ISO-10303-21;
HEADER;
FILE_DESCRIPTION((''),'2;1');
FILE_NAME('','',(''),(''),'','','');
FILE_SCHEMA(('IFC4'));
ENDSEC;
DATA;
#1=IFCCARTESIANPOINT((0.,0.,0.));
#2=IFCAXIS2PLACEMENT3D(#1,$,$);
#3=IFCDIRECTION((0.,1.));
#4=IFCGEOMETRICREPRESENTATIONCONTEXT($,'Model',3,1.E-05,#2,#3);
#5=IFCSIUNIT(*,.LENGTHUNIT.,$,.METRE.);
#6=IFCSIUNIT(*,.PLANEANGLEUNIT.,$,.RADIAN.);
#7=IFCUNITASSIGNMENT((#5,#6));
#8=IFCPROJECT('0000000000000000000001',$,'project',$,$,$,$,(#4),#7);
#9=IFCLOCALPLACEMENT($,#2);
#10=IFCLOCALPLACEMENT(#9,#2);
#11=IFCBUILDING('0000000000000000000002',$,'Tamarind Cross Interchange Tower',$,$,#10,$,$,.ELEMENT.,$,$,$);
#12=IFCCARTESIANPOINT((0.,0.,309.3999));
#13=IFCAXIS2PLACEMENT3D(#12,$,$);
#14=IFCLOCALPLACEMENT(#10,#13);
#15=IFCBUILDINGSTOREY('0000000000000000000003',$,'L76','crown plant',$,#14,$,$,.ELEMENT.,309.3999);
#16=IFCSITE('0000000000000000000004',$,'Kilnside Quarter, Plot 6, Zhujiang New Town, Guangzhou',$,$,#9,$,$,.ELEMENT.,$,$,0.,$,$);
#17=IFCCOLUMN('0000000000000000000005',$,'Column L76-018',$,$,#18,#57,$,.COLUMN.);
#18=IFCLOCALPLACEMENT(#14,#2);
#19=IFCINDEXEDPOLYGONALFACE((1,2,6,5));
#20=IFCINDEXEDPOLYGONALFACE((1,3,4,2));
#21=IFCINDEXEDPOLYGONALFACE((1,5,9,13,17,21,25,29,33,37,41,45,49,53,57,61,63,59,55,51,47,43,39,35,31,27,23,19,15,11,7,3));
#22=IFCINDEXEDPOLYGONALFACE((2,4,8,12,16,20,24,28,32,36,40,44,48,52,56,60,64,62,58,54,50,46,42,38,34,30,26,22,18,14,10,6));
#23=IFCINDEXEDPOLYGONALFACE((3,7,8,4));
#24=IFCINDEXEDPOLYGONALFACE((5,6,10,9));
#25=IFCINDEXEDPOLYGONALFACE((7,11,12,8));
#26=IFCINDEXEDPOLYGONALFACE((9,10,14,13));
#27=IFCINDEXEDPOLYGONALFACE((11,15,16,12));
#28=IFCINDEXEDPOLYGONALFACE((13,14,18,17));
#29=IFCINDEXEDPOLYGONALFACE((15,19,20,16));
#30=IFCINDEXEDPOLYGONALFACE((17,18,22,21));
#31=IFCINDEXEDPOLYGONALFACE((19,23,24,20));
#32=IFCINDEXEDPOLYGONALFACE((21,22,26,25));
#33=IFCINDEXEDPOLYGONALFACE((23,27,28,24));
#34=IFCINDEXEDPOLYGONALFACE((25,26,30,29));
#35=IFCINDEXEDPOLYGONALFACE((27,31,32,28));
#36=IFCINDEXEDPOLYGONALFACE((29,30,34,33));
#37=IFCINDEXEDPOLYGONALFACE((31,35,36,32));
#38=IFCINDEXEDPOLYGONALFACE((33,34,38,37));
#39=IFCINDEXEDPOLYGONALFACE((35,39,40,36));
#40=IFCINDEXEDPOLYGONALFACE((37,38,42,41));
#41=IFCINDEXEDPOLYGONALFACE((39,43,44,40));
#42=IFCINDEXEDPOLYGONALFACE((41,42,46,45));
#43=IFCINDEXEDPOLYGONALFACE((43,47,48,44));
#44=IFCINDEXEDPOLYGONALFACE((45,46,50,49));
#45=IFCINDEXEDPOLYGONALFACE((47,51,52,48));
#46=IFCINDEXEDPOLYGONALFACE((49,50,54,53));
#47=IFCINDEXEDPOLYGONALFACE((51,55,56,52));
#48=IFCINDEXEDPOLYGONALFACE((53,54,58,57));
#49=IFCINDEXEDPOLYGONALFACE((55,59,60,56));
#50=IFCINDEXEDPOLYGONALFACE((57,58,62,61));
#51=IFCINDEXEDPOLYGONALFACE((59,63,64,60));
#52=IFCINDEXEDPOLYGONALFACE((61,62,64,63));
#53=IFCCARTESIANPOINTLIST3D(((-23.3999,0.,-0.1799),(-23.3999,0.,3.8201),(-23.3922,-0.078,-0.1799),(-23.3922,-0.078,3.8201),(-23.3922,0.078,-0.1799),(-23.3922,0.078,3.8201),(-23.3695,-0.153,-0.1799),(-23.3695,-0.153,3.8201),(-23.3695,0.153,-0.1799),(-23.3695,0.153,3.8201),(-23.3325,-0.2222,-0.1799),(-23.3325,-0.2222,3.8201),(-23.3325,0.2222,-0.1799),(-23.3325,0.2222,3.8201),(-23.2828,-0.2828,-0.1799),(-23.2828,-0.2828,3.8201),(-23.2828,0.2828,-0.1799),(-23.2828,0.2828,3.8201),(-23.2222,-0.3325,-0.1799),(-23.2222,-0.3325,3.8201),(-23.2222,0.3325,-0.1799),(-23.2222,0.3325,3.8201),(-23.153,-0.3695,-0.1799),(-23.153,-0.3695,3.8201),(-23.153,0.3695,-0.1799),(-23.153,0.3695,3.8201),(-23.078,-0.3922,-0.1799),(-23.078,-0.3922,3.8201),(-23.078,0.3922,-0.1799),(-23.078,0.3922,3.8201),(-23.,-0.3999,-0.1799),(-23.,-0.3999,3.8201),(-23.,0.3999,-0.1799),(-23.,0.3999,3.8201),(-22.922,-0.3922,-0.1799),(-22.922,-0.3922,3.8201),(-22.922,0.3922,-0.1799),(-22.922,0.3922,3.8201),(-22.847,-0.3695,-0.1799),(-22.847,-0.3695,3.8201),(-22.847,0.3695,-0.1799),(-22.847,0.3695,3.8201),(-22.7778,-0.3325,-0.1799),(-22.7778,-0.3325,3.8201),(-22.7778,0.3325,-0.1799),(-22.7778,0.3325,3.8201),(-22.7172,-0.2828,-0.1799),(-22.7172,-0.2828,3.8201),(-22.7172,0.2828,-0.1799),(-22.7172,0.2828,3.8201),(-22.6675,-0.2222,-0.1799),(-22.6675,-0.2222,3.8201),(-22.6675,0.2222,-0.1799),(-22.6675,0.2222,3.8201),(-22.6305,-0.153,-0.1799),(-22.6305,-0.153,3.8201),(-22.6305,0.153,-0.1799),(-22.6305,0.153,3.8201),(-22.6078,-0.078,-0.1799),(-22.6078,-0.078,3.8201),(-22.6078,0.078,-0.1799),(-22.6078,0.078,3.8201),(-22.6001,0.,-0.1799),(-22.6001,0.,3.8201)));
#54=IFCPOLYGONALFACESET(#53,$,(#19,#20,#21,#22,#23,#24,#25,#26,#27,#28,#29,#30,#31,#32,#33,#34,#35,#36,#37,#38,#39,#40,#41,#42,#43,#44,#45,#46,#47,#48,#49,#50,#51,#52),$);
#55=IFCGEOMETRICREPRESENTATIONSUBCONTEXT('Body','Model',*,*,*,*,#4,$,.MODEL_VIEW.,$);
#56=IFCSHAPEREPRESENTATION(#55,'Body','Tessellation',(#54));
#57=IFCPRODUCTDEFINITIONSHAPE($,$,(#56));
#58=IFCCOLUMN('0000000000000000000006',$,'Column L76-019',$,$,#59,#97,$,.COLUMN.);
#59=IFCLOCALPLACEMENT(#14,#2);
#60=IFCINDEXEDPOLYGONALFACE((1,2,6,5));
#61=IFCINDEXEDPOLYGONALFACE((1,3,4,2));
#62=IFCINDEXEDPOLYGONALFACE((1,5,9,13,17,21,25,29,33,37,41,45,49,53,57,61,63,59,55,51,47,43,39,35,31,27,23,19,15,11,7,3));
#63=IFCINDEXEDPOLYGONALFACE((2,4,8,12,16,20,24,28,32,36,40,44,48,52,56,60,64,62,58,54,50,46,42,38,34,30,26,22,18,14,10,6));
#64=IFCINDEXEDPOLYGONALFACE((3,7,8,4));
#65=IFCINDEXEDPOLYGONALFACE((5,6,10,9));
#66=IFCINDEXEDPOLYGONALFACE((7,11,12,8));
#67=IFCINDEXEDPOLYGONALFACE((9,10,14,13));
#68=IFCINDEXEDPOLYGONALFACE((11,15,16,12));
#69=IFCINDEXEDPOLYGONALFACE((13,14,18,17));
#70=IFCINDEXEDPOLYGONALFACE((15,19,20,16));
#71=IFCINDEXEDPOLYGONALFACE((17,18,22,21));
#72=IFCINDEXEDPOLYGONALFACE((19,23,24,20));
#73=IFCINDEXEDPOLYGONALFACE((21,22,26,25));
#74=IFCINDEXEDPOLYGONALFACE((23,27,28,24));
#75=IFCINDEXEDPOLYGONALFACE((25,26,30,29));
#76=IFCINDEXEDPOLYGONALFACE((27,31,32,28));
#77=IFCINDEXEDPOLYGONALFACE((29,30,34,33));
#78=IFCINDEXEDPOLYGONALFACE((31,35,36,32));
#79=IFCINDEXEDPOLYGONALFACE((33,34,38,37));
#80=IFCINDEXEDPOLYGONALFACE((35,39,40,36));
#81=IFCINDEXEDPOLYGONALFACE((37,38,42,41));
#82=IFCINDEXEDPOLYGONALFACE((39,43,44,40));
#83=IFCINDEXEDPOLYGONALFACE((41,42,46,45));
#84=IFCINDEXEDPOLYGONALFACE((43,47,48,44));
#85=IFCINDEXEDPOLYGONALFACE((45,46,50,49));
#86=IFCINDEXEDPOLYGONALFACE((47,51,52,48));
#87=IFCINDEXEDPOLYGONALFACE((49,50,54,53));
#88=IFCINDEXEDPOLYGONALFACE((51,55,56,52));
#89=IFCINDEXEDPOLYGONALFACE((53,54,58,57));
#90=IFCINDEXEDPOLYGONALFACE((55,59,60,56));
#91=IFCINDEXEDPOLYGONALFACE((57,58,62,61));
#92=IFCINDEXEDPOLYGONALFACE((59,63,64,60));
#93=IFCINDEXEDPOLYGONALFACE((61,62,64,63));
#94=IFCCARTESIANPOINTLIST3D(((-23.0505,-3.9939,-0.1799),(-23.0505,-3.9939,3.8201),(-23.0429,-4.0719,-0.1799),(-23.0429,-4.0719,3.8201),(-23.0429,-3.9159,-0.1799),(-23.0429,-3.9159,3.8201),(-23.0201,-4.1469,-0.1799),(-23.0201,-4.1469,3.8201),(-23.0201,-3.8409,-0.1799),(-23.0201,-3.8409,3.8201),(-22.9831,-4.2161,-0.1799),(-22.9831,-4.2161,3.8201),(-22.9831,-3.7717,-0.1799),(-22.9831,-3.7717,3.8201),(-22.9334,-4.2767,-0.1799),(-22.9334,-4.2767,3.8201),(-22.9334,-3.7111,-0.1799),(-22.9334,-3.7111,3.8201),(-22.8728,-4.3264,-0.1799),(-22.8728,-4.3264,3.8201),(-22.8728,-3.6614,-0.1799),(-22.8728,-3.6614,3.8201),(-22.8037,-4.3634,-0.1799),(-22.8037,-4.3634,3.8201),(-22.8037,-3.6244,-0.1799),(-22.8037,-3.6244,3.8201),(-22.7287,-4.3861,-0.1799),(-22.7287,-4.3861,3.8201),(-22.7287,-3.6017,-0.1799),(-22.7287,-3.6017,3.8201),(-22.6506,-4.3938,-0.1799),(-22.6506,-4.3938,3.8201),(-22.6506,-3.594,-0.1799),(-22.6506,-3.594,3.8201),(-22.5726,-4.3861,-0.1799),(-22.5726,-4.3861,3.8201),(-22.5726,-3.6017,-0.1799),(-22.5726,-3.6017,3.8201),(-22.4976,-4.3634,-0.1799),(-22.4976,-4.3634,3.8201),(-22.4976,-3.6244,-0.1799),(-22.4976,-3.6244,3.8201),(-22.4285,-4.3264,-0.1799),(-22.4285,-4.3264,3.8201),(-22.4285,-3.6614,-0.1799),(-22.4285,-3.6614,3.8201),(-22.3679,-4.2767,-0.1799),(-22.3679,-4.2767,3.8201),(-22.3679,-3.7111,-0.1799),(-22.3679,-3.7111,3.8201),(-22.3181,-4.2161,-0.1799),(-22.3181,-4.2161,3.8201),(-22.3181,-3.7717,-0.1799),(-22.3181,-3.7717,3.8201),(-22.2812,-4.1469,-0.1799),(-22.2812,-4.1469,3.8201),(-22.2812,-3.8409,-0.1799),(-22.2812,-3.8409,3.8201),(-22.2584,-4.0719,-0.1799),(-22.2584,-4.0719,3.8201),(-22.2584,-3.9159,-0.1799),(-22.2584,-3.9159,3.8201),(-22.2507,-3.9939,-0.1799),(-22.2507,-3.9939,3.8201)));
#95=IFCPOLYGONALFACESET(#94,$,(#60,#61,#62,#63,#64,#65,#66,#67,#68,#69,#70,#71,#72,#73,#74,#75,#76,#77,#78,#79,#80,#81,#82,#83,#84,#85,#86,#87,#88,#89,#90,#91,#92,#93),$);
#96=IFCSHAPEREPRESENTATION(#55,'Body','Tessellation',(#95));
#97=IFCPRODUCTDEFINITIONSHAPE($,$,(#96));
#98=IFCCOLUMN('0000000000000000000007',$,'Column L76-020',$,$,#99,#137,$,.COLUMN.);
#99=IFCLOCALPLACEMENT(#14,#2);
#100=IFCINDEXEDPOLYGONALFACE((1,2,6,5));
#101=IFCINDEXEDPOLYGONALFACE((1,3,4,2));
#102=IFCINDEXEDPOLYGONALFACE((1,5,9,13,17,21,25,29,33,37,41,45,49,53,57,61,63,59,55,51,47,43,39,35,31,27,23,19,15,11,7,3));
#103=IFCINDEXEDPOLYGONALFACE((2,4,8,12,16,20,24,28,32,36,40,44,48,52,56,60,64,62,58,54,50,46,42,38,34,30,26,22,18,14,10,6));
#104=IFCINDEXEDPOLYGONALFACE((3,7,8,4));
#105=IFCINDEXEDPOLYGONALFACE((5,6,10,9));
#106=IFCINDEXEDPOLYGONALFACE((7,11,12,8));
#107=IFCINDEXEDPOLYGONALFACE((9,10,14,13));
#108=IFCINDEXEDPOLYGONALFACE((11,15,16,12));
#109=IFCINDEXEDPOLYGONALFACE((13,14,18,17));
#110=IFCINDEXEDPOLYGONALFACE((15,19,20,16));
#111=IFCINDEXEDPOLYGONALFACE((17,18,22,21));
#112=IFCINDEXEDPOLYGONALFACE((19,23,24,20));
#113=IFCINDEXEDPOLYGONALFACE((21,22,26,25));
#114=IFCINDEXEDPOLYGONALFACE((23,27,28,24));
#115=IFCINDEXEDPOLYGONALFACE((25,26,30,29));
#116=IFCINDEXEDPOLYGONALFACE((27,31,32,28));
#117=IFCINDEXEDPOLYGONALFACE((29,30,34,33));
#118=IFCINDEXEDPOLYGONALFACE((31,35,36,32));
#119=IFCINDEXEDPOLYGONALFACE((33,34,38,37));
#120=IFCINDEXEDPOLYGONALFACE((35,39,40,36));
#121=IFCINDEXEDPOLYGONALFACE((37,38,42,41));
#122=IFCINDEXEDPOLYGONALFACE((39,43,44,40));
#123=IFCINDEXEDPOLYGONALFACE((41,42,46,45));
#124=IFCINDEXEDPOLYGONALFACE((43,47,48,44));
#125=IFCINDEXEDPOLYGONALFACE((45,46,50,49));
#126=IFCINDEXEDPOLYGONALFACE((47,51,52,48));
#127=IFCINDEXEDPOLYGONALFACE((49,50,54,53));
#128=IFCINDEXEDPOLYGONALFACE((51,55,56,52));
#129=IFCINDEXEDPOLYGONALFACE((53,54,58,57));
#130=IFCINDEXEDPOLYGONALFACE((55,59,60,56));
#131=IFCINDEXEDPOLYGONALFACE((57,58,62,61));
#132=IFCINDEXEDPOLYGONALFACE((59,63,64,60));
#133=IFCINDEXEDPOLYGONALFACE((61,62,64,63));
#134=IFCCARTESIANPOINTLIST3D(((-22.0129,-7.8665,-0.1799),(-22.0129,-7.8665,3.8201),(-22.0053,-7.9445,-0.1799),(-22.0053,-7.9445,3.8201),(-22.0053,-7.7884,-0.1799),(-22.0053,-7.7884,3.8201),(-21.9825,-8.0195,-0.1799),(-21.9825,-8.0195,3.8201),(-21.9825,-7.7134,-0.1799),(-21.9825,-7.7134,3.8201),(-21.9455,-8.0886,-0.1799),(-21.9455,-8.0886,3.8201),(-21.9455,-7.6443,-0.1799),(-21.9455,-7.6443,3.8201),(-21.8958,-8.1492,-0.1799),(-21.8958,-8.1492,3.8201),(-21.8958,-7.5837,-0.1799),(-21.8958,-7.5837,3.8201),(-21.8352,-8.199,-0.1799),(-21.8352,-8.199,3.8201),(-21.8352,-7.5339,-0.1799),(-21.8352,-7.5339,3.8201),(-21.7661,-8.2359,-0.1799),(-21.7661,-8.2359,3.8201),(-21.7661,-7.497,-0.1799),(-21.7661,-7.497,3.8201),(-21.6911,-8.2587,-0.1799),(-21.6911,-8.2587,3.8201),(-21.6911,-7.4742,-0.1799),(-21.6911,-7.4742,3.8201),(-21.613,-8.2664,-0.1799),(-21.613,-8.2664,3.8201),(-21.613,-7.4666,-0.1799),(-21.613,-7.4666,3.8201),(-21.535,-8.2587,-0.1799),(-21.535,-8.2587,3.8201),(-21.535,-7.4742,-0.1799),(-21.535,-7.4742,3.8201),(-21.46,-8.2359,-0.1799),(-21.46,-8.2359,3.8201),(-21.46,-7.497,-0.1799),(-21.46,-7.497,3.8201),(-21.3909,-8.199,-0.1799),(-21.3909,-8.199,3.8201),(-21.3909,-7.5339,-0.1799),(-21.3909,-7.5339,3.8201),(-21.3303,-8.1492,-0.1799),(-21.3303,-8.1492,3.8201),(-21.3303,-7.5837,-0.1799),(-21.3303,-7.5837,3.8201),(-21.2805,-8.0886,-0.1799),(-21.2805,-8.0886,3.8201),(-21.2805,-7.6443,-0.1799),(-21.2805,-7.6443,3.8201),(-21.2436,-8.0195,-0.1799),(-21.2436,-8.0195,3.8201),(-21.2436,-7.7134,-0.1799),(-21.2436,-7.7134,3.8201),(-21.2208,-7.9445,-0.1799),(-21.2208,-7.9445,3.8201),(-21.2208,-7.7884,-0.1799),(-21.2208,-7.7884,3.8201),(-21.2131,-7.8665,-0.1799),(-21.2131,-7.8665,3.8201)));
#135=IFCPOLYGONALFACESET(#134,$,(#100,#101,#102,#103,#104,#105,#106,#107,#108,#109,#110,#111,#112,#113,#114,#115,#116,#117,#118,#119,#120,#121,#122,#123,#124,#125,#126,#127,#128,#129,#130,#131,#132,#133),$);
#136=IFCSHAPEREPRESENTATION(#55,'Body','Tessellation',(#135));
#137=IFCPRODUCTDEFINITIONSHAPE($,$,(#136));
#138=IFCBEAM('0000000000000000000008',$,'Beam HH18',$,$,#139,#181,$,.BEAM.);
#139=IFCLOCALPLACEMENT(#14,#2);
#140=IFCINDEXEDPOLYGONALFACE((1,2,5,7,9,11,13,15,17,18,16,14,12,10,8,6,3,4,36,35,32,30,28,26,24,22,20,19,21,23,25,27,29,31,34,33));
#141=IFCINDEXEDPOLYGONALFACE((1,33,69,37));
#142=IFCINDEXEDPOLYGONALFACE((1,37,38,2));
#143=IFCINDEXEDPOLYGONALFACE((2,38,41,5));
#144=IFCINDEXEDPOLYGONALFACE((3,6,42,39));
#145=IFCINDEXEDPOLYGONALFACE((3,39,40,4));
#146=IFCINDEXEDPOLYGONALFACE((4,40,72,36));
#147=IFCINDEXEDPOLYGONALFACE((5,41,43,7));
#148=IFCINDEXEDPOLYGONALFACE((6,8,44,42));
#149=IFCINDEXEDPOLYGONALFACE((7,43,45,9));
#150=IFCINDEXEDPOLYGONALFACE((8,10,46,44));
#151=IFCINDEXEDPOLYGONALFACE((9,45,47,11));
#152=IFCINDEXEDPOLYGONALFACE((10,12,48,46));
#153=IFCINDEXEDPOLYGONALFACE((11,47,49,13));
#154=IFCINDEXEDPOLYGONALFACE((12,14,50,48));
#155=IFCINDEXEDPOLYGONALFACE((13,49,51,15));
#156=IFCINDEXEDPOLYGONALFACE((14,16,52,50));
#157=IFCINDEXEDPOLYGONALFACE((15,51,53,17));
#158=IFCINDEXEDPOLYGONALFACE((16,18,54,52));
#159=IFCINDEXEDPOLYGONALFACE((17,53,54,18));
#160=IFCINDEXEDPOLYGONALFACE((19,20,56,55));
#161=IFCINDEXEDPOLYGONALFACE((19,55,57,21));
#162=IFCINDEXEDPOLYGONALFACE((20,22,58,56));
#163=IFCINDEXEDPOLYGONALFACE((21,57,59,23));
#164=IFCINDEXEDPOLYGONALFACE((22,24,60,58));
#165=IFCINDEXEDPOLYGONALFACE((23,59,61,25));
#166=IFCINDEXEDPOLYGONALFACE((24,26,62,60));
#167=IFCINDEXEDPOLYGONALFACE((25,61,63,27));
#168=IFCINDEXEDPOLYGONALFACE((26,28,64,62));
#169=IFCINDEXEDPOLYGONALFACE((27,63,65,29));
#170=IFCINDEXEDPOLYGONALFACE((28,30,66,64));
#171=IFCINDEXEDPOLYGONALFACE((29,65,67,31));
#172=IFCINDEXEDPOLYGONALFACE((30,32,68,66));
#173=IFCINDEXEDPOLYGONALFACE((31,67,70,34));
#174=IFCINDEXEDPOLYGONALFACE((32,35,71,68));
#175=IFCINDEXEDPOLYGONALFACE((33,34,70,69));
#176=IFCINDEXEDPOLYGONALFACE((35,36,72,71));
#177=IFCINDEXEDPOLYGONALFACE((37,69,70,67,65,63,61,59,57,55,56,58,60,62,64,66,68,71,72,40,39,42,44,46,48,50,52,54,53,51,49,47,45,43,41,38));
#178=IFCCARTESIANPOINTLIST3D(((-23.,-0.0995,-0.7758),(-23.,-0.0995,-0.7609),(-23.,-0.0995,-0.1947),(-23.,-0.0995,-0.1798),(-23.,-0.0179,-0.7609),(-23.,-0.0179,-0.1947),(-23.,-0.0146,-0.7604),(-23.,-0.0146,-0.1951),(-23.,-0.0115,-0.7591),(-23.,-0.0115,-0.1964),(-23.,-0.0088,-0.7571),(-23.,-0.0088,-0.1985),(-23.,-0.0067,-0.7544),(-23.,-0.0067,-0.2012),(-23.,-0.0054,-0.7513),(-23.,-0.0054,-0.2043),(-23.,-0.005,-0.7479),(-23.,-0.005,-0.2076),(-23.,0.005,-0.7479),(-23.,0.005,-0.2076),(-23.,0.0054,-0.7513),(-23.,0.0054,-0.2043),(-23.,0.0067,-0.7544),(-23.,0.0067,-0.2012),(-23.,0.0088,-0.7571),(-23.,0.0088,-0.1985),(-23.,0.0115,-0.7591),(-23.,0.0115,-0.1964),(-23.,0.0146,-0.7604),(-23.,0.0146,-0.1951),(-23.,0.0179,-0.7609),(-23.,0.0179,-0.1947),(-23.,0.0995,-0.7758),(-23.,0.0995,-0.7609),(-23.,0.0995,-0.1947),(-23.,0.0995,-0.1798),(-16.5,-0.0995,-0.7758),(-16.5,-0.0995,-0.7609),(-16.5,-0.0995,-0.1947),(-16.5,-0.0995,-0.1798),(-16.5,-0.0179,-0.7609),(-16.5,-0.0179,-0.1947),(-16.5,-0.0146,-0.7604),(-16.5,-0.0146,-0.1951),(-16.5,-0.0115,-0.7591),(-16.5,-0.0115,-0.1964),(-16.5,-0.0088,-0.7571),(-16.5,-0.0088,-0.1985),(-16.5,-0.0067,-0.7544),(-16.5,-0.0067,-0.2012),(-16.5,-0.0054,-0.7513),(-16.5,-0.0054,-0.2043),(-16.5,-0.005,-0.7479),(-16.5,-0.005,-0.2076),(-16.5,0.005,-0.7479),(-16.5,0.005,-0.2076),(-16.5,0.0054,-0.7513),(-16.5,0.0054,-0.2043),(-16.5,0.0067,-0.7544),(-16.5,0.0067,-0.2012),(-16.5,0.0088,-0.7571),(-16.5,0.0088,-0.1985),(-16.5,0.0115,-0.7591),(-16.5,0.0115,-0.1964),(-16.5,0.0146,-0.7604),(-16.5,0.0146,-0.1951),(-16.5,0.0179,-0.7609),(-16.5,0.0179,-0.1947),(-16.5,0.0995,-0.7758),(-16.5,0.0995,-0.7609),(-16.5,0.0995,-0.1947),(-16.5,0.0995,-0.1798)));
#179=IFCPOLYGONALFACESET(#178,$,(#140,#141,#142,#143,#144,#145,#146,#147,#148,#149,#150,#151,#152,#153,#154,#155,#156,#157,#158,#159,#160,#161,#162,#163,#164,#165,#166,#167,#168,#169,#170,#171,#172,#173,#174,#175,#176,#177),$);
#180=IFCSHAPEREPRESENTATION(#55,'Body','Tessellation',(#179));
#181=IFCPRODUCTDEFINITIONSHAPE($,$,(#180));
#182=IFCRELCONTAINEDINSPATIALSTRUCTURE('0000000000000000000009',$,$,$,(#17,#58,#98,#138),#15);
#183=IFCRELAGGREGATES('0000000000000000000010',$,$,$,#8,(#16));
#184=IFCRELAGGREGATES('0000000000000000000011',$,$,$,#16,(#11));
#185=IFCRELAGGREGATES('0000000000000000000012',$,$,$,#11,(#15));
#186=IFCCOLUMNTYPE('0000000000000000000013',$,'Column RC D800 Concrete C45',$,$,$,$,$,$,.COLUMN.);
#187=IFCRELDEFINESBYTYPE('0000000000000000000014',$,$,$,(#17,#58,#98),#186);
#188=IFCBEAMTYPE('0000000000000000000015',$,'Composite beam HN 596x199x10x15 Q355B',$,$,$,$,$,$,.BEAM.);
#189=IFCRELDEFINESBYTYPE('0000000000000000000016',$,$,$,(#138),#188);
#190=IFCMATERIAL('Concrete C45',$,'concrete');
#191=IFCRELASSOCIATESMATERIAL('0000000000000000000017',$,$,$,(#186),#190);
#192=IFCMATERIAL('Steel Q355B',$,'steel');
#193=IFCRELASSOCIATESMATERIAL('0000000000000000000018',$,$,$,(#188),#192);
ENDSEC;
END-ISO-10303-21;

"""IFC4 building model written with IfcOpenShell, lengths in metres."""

from ifc_helpers import new_model, si_unit, direction, frame, origin, origin_2d, place, context, subcontext, project, spatial, circle, i_section, extrude, material, material_profile, profile_set, type_object, element, save


model = new_model("IFC4")

# Units and contexts
model_context = context("Model", 3, precision=1e-05, world=origin(), true_north=direction((0.0, 1.0)))
body_context = subcontext(model_context, "Body", "Model", "MODEL_VIEW")
ifc_project = project(units=[si_unit("LENGTHUNIT", "METRE"), si_unit("PLANEANGLEUNIT", "RADIAN")], contexts=[model_context])

# Site, building, storey
site_placement = place(None, origin())
site = spatial("IfcSite", under=ifc_project, at=site_placement, Name="Kilnside Quarter, Plot 6, Zhujiang New Town, Guangzhou", CompositionType="ELEMENT", RefElevation=0.0)
building_placement = place(site_placement, origin())
building = spatial("IfcBuilding", under=site, at=building_placement, Name="Tamarind Cross Interchange Tower", CompositionType="ELEMENT")
storey_placement = place(building_placement, frame((0.0, 0.0, 309.3999)))
storey = spatial("IfcBuildingStorey", under=building, at=storey_placement, Name="L76", Description="crown plant", CompositionType="ELEMENT", Elevation=309.3999)

# Columns
ifc_material_1 = material(Name="Concrete C45", Category="concrete")
ifc_material_profile_1 = material_profile(ifc_material_1, circle(Radius=0.3999, at=origin_2d()), Name="RC D800")
ifc_profile_set_1 = profile_set([ifc_material_profile_1], Name="Concrete C45")
column_type = type_object("IfcColumnType", Name="Column RC D800 Concrete C45", PredefinedType="COLUMN", material=ifc_profile_set_1)
for number, where, z_axis, x_axis, name in (
    (1, (-23.0, 0.0, -0.1799), (0.0, 0.0, 1.0), (1.0, 0.0, 0.0), "Column L76-018"),
    (2, (-22.6506, -3.9939, -0.1799), (0.0, 0.0, 1.0), (1.0, 0.0, 0.0), "Column L76-019"),
    (3, (-21.613, -7.8665, -0.1799), (0.0, 0.0, 1.0), (1.0, 0.0, 0.0), "Column L76-020"),
):
    element("IfcColumn", number, at=place(storey_placement, frame(where, z_axis=z_axis, x_axis=x_axis)), inside=storey, type_object=column_type, Name=name, PredefinedType="COLUMN", context=body_context, shape_type="SweptSolid", body=[
        extrude(circle(Radius=0.3999, at=origin_2d()), origin(), (0.0, 0.0, 1.0), 4.0),
    ])

# Beam
ifc_material_2 = material(Name="Steel Q355B", Category="steel")
ifc_material_profile_2 = material_profile(ifc_material_2, i_section(OverallWidth=0.199, OverallDepth=0.5959, WebThickness=0.01, FlangeThickness=0.0149, FilletRadius=0.0129, at=origin_2d()), Name="HN 596x199x10x15")
ifc_profile_set_2 = profile_set([ifc_material_profile_2], Name="Steel Q355B")
beam_type = type_object("IfcBeamType", Name="Composite beam HN 596x199x10x15 Q355B", PredefinedType="BEAM", material=ifc_profile_set_2)
beam_1_placement = place(storey_placement, frame((-23.0, 0.0, -0.4778), z_axis=(1.0, 0.0, 0.0), x_axis=(0.0, 1.0, 0.0)))
element("IfcBeam", 4, at=beam_1_placement, inside=storey, type_object=beam_type, Name="Beam HH18", PredefinedType="BEAM", context=body_context, shape_type="SweptSolid", body=[
    extrude(i_section(OverallWidth=0.199, OverallDepth=0.5959, WebThickness=0.01, FlangeThickness=0.0149, FilletRadius=0.0129, at=origin_2d()), origin(), (0.0, 0.0, 1.0), 6.5),
])

save(model, "model.ifc")
